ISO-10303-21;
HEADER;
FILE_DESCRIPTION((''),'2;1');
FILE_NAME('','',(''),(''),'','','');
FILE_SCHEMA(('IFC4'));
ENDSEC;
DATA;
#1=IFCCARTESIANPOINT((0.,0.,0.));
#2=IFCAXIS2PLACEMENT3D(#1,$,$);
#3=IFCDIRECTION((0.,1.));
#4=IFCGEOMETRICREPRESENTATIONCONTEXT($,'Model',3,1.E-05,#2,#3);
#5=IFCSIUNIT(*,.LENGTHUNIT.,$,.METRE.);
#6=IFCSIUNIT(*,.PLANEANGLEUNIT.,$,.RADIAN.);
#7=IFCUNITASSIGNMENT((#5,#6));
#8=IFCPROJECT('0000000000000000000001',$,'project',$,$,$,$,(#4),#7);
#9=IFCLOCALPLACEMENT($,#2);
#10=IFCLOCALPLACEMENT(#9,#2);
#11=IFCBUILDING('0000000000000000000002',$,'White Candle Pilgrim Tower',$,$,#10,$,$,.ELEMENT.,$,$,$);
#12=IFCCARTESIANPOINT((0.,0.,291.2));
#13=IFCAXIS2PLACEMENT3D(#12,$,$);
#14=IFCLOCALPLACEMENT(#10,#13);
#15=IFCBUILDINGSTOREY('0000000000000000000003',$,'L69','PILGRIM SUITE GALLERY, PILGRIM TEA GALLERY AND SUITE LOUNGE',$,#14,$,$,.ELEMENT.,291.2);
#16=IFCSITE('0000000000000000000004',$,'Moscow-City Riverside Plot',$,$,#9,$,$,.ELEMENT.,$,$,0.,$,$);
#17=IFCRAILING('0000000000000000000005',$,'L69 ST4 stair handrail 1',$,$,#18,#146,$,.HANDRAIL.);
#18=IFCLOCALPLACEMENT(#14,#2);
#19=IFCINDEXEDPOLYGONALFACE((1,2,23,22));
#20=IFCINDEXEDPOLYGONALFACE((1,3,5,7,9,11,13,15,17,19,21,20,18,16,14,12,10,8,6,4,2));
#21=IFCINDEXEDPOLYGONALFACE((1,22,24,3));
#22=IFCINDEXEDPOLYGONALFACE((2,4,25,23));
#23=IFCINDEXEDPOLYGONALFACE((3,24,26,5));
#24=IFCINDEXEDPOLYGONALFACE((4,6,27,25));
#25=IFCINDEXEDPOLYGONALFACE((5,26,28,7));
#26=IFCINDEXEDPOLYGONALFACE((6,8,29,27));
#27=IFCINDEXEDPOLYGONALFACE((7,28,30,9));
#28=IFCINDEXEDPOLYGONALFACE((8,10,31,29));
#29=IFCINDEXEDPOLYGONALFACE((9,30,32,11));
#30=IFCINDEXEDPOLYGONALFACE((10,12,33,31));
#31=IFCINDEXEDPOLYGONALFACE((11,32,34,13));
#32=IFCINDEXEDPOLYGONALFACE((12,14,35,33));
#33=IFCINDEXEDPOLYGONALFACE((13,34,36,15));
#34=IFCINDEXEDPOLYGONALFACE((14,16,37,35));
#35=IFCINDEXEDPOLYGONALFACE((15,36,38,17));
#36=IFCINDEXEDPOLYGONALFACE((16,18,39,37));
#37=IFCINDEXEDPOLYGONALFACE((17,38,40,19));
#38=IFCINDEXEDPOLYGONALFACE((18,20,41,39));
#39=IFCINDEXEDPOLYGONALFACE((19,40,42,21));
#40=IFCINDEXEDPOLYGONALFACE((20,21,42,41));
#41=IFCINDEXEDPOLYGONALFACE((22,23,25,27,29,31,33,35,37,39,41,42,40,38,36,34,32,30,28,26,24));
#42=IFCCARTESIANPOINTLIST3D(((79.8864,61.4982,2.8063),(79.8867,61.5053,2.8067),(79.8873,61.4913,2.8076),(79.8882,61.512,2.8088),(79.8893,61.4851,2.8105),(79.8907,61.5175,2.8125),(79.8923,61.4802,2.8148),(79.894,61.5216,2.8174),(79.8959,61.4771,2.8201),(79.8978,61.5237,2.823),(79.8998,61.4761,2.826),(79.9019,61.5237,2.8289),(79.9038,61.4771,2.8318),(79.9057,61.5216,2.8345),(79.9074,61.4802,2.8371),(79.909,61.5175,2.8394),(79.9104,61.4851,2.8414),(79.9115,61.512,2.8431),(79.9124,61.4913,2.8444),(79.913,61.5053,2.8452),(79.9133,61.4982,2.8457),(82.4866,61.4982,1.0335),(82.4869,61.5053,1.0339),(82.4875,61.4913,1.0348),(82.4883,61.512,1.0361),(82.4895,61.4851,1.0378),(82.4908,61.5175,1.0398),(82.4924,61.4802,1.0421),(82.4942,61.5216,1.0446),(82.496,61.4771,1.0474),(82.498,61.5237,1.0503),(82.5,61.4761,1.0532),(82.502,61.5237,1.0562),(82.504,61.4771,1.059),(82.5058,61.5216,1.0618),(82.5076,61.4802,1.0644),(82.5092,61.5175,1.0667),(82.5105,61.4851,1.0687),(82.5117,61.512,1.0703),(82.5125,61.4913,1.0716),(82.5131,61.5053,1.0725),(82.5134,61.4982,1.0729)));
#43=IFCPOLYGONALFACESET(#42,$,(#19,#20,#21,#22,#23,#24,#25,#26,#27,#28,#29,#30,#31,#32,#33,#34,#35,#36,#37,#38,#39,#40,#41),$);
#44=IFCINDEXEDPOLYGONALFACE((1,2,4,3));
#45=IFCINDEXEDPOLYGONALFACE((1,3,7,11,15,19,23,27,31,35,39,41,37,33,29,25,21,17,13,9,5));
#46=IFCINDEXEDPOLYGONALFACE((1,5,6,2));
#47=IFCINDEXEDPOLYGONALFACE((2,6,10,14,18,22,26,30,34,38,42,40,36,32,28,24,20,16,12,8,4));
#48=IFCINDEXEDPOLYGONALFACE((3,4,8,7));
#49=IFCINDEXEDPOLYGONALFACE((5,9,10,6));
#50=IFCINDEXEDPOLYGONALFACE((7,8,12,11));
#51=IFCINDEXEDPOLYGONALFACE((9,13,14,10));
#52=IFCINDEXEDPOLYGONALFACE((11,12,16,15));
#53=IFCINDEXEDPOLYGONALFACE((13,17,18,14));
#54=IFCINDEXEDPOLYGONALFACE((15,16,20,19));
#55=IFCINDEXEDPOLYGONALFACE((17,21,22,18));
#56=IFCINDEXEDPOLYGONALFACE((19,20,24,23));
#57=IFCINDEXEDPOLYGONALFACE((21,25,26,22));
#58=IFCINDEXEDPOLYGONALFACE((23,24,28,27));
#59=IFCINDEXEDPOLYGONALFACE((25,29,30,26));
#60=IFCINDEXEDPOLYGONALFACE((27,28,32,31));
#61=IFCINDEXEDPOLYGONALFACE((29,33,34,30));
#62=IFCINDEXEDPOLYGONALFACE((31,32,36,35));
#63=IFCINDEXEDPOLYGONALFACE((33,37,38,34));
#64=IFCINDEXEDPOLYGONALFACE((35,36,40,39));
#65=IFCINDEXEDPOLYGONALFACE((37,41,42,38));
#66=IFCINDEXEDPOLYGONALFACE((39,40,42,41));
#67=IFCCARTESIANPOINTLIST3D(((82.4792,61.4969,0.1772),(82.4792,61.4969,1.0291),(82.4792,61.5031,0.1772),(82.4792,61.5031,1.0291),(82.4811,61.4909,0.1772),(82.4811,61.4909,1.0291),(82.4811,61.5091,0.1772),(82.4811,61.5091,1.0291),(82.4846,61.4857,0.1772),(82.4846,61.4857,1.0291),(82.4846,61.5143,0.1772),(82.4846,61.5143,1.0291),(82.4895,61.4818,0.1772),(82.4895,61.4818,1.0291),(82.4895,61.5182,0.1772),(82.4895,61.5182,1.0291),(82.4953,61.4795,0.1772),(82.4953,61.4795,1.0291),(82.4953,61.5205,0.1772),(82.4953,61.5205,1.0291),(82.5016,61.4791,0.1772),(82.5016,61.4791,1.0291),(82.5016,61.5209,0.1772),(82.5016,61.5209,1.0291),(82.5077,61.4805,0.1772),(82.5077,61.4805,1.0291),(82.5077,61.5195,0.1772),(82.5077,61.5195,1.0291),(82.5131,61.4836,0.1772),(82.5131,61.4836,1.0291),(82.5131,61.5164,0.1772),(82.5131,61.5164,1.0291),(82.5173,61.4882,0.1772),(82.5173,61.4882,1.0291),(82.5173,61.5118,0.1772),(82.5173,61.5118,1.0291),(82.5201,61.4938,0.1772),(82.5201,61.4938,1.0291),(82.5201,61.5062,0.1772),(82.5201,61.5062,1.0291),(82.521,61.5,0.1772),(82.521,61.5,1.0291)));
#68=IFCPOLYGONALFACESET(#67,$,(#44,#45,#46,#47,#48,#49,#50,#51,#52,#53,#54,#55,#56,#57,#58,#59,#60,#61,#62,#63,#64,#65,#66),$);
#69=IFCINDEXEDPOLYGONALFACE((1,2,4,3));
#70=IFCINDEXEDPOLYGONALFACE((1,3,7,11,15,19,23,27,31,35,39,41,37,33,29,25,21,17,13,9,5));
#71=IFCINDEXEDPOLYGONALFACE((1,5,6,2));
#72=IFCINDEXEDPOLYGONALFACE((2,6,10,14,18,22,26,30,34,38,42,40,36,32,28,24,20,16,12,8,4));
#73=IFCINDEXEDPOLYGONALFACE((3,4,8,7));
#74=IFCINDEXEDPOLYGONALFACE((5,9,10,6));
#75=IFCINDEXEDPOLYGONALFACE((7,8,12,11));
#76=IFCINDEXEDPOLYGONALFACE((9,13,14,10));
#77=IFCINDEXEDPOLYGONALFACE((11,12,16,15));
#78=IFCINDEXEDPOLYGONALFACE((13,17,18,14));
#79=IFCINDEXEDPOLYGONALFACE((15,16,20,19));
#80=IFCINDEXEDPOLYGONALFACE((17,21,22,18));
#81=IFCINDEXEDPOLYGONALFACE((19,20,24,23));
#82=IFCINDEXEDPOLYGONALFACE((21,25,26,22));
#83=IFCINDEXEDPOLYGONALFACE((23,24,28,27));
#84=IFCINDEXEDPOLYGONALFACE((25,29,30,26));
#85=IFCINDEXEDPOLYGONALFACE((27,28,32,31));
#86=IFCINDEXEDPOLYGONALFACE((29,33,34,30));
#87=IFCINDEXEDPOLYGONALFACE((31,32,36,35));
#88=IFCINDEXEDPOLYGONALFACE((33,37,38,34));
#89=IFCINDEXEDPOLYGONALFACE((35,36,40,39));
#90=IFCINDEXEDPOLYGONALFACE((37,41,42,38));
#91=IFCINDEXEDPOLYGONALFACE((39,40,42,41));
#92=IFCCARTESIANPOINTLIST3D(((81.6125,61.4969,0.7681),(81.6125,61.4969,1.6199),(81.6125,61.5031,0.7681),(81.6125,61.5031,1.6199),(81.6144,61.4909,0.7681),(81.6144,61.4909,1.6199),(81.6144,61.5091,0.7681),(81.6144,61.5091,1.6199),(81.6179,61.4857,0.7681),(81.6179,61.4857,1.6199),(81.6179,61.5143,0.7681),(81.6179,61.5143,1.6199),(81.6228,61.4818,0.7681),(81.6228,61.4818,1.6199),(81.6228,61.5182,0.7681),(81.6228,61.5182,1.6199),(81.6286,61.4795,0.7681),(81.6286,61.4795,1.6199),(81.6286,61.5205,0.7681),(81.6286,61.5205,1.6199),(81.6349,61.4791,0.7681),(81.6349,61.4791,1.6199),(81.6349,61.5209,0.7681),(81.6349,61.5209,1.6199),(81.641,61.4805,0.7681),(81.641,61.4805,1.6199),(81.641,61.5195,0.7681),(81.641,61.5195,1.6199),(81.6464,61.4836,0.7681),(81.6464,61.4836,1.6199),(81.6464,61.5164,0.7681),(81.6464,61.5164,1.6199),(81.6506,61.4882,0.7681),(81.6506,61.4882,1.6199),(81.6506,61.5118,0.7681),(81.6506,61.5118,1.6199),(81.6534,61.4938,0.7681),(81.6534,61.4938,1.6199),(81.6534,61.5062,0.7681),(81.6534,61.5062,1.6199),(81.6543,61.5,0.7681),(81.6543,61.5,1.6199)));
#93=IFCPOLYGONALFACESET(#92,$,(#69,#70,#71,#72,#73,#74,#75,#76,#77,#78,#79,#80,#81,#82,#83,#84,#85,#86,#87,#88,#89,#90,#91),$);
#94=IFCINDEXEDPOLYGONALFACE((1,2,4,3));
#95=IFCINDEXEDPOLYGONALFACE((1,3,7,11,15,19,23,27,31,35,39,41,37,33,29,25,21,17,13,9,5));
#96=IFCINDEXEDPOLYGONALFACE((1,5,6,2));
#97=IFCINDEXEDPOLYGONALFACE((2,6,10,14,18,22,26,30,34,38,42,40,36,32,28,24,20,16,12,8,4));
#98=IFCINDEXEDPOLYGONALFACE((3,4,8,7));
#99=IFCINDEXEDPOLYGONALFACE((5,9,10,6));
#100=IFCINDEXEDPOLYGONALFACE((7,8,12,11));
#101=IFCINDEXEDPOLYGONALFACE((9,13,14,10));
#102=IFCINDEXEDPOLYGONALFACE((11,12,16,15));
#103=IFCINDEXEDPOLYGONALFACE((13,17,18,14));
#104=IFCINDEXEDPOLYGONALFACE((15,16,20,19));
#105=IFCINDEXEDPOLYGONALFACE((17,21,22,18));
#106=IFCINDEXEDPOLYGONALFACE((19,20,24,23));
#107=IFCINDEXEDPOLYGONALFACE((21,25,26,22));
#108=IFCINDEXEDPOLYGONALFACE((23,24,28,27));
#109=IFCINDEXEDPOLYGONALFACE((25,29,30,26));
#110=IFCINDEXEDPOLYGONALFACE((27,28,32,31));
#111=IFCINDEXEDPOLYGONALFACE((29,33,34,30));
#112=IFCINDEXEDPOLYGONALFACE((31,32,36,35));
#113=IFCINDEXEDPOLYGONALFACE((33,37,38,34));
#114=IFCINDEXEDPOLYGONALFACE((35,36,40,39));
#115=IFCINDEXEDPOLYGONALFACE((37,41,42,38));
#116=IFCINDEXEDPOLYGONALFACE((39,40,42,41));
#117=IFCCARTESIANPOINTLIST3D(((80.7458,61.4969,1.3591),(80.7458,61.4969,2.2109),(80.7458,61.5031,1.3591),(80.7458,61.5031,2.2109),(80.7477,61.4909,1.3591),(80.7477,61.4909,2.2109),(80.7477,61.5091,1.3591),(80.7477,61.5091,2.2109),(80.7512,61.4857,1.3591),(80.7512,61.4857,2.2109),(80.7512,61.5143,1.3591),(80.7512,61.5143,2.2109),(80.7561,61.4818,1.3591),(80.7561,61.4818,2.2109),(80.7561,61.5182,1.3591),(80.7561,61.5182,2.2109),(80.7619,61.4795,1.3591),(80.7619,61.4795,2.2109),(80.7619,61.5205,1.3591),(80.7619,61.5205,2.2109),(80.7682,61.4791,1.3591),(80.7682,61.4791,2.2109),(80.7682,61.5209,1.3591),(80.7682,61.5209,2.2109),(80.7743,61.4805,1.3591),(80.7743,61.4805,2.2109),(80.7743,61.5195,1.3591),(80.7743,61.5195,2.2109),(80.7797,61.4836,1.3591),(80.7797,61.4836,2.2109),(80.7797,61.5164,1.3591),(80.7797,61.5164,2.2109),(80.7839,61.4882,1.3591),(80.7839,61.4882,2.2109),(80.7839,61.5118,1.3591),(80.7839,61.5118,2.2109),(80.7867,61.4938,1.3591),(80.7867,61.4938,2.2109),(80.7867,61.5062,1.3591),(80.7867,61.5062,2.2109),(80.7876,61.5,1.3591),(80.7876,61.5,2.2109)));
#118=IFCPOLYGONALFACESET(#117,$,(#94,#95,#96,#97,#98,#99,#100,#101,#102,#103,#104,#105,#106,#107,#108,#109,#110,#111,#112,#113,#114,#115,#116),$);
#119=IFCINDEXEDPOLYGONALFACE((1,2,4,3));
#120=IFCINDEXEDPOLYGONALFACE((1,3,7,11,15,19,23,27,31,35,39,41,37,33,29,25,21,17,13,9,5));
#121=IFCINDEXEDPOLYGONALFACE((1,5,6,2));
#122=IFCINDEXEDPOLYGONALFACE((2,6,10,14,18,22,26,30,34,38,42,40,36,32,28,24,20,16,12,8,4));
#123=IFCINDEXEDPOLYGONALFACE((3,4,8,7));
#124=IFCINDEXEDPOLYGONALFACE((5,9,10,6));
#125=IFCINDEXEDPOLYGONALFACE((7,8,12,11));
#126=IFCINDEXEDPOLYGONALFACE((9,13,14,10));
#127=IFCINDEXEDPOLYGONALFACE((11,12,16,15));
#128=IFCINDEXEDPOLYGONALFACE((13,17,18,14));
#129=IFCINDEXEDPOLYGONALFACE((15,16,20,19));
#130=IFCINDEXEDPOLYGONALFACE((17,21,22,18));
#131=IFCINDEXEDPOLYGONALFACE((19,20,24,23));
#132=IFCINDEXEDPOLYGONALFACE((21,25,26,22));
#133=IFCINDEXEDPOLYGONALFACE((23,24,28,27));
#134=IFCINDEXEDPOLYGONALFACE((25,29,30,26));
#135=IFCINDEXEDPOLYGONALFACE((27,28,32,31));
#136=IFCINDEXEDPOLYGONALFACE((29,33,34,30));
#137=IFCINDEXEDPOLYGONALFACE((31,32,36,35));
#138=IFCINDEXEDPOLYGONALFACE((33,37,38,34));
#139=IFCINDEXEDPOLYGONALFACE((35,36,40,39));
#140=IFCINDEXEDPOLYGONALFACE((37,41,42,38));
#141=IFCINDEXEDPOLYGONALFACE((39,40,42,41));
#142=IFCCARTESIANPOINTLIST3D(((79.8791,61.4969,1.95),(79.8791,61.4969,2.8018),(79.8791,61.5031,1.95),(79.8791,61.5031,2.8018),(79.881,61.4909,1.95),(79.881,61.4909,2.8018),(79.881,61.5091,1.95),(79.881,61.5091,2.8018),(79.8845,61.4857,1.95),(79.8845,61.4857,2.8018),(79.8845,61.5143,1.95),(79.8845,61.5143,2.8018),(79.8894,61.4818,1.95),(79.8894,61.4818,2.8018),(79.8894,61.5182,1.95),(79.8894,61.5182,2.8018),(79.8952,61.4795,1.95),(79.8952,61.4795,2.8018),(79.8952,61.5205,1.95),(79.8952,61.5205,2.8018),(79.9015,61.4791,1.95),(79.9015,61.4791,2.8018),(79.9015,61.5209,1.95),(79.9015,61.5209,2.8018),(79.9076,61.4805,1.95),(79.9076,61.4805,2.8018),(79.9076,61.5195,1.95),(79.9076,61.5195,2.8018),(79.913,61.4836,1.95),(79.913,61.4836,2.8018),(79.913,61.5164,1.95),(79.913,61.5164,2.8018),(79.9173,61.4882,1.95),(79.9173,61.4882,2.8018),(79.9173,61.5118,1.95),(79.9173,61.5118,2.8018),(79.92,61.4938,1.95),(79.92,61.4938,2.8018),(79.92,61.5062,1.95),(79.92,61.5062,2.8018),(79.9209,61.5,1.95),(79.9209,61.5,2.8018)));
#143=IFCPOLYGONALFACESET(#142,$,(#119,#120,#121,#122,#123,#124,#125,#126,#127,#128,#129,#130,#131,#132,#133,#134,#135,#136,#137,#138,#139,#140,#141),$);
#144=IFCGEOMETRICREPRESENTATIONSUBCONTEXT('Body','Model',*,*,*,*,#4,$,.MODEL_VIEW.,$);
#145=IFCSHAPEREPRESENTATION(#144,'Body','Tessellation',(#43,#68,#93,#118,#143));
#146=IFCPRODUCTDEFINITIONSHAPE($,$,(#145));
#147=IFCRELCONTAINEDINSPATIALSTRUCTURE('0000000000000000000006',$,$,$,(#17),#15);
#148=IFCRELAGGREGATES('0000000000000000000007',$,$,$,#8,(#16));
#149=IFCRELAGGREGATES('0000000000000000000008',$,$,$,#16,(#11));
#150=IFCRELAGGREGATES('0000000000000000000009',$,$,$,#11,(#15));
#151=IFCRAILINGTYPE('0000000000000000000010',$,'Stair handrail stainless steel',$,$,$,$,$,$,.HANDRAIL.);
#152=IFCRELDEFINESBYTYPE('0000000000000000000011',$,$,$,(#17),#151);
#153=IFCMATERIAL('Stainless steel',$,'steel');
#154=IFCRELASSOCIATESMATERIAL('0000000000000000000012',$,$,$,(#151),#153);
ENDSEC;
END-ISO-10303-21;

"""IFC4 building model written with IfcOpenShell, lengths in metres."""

from ifc_helpers import new_model, si_unit, direction, frame, origin, origin_2d, place, context, subcontext, project, spatial, circle, extrude, material, type_object, element, save


model = new_model("IFC4")

# Units and contexts
model_context = context("Model", 3, precision=1e-05, world=origin(), true_north=direction((0.0, 1.0)))
body_context = subcontext(model_context, "Body", "Model", "MODEL_VIEW")
ifc_project = project(units=[si_unit("LENGTHUNIT", "METRE"), si_unit("PLANEANGLEUNIT", "RADIAN")], contexts=[model_context])

# Site, building, storey
site_placement = place(None, origin())
site = spatial("IfcSite", under=ifc_project, at=site_placement, Name="Moscow-City Riverside Plot", CompositionType="ELEMENT", RefElevation=0.0)
building_placement = place(site_placement, origin())
building = spatial("IfcBuilding", under=site, at=building_placement, Name="White Candle Pilgrim Tower", CompositionType="ELEMENT")
storey_placement = place(building_placement, frame((0.0, 0.0, 291.2)))
storey = spatial("IfcBuildingStorey", under=building, at=storey_placement, Name="L69", Description="PILGRIM SUITE GALLERY, PILGRIM TEA GALLERY AND SUITE LOUNGE", CompositionType="ELEMENT", Elevation=291.2)

# Railing
ifc_material_1 = material(Name="Stainless steel", Category="steel")
railing_type = type_object("IfcRailingType", Name="Stair handrail stainless steel", PredefinedType="HANDRAIL", material=ifc_material_1)
railing_placement = place(storey_placement, frame((82.5, 61.5, 0.1772)))
element("IfcRailing", 1, at=railing_placement, inside=storey, type_object=railing_type, Name="L69 ST4 stair handrail 1", PredefinedType="HANDRAIL", context=body_context, shape_type="SweptSolid", body=[
    extrude(circle(Radius=0.0239, at=origin_2d()), frame((0.0, 0.0, 0.876), z_axis=(-0.82624, 0.0, 0.563318), x_axis=(0.0, -1.0, 0.0)), (0.0, 0.0, 1.0), 3.147),
    extrude(circle(Radius=0.021, at=origin_2d()), origin(), (0.0, 0.0, 1.0), 0.8518),
    extrude(circle(Radius=0.021, at=origin_2d()), frame((-0.8667, 0.0, 0.5908)), (0.0, 0.0, 1.0), 0.8518),
    extrude(circle(Radius=0.021, at=origin_2d()), frame((-1.7334, 0.0, 1.1819)), (0.0, 0.0, 1.0), 0.8518),
    extrude(circle(Radius=0.021, at=origin_2d()), frame((-2.6001, 0.0, 1.7727)), (0.0, 0.0, 1.0), 0.8518),
])

save(model, "model.ifc")
